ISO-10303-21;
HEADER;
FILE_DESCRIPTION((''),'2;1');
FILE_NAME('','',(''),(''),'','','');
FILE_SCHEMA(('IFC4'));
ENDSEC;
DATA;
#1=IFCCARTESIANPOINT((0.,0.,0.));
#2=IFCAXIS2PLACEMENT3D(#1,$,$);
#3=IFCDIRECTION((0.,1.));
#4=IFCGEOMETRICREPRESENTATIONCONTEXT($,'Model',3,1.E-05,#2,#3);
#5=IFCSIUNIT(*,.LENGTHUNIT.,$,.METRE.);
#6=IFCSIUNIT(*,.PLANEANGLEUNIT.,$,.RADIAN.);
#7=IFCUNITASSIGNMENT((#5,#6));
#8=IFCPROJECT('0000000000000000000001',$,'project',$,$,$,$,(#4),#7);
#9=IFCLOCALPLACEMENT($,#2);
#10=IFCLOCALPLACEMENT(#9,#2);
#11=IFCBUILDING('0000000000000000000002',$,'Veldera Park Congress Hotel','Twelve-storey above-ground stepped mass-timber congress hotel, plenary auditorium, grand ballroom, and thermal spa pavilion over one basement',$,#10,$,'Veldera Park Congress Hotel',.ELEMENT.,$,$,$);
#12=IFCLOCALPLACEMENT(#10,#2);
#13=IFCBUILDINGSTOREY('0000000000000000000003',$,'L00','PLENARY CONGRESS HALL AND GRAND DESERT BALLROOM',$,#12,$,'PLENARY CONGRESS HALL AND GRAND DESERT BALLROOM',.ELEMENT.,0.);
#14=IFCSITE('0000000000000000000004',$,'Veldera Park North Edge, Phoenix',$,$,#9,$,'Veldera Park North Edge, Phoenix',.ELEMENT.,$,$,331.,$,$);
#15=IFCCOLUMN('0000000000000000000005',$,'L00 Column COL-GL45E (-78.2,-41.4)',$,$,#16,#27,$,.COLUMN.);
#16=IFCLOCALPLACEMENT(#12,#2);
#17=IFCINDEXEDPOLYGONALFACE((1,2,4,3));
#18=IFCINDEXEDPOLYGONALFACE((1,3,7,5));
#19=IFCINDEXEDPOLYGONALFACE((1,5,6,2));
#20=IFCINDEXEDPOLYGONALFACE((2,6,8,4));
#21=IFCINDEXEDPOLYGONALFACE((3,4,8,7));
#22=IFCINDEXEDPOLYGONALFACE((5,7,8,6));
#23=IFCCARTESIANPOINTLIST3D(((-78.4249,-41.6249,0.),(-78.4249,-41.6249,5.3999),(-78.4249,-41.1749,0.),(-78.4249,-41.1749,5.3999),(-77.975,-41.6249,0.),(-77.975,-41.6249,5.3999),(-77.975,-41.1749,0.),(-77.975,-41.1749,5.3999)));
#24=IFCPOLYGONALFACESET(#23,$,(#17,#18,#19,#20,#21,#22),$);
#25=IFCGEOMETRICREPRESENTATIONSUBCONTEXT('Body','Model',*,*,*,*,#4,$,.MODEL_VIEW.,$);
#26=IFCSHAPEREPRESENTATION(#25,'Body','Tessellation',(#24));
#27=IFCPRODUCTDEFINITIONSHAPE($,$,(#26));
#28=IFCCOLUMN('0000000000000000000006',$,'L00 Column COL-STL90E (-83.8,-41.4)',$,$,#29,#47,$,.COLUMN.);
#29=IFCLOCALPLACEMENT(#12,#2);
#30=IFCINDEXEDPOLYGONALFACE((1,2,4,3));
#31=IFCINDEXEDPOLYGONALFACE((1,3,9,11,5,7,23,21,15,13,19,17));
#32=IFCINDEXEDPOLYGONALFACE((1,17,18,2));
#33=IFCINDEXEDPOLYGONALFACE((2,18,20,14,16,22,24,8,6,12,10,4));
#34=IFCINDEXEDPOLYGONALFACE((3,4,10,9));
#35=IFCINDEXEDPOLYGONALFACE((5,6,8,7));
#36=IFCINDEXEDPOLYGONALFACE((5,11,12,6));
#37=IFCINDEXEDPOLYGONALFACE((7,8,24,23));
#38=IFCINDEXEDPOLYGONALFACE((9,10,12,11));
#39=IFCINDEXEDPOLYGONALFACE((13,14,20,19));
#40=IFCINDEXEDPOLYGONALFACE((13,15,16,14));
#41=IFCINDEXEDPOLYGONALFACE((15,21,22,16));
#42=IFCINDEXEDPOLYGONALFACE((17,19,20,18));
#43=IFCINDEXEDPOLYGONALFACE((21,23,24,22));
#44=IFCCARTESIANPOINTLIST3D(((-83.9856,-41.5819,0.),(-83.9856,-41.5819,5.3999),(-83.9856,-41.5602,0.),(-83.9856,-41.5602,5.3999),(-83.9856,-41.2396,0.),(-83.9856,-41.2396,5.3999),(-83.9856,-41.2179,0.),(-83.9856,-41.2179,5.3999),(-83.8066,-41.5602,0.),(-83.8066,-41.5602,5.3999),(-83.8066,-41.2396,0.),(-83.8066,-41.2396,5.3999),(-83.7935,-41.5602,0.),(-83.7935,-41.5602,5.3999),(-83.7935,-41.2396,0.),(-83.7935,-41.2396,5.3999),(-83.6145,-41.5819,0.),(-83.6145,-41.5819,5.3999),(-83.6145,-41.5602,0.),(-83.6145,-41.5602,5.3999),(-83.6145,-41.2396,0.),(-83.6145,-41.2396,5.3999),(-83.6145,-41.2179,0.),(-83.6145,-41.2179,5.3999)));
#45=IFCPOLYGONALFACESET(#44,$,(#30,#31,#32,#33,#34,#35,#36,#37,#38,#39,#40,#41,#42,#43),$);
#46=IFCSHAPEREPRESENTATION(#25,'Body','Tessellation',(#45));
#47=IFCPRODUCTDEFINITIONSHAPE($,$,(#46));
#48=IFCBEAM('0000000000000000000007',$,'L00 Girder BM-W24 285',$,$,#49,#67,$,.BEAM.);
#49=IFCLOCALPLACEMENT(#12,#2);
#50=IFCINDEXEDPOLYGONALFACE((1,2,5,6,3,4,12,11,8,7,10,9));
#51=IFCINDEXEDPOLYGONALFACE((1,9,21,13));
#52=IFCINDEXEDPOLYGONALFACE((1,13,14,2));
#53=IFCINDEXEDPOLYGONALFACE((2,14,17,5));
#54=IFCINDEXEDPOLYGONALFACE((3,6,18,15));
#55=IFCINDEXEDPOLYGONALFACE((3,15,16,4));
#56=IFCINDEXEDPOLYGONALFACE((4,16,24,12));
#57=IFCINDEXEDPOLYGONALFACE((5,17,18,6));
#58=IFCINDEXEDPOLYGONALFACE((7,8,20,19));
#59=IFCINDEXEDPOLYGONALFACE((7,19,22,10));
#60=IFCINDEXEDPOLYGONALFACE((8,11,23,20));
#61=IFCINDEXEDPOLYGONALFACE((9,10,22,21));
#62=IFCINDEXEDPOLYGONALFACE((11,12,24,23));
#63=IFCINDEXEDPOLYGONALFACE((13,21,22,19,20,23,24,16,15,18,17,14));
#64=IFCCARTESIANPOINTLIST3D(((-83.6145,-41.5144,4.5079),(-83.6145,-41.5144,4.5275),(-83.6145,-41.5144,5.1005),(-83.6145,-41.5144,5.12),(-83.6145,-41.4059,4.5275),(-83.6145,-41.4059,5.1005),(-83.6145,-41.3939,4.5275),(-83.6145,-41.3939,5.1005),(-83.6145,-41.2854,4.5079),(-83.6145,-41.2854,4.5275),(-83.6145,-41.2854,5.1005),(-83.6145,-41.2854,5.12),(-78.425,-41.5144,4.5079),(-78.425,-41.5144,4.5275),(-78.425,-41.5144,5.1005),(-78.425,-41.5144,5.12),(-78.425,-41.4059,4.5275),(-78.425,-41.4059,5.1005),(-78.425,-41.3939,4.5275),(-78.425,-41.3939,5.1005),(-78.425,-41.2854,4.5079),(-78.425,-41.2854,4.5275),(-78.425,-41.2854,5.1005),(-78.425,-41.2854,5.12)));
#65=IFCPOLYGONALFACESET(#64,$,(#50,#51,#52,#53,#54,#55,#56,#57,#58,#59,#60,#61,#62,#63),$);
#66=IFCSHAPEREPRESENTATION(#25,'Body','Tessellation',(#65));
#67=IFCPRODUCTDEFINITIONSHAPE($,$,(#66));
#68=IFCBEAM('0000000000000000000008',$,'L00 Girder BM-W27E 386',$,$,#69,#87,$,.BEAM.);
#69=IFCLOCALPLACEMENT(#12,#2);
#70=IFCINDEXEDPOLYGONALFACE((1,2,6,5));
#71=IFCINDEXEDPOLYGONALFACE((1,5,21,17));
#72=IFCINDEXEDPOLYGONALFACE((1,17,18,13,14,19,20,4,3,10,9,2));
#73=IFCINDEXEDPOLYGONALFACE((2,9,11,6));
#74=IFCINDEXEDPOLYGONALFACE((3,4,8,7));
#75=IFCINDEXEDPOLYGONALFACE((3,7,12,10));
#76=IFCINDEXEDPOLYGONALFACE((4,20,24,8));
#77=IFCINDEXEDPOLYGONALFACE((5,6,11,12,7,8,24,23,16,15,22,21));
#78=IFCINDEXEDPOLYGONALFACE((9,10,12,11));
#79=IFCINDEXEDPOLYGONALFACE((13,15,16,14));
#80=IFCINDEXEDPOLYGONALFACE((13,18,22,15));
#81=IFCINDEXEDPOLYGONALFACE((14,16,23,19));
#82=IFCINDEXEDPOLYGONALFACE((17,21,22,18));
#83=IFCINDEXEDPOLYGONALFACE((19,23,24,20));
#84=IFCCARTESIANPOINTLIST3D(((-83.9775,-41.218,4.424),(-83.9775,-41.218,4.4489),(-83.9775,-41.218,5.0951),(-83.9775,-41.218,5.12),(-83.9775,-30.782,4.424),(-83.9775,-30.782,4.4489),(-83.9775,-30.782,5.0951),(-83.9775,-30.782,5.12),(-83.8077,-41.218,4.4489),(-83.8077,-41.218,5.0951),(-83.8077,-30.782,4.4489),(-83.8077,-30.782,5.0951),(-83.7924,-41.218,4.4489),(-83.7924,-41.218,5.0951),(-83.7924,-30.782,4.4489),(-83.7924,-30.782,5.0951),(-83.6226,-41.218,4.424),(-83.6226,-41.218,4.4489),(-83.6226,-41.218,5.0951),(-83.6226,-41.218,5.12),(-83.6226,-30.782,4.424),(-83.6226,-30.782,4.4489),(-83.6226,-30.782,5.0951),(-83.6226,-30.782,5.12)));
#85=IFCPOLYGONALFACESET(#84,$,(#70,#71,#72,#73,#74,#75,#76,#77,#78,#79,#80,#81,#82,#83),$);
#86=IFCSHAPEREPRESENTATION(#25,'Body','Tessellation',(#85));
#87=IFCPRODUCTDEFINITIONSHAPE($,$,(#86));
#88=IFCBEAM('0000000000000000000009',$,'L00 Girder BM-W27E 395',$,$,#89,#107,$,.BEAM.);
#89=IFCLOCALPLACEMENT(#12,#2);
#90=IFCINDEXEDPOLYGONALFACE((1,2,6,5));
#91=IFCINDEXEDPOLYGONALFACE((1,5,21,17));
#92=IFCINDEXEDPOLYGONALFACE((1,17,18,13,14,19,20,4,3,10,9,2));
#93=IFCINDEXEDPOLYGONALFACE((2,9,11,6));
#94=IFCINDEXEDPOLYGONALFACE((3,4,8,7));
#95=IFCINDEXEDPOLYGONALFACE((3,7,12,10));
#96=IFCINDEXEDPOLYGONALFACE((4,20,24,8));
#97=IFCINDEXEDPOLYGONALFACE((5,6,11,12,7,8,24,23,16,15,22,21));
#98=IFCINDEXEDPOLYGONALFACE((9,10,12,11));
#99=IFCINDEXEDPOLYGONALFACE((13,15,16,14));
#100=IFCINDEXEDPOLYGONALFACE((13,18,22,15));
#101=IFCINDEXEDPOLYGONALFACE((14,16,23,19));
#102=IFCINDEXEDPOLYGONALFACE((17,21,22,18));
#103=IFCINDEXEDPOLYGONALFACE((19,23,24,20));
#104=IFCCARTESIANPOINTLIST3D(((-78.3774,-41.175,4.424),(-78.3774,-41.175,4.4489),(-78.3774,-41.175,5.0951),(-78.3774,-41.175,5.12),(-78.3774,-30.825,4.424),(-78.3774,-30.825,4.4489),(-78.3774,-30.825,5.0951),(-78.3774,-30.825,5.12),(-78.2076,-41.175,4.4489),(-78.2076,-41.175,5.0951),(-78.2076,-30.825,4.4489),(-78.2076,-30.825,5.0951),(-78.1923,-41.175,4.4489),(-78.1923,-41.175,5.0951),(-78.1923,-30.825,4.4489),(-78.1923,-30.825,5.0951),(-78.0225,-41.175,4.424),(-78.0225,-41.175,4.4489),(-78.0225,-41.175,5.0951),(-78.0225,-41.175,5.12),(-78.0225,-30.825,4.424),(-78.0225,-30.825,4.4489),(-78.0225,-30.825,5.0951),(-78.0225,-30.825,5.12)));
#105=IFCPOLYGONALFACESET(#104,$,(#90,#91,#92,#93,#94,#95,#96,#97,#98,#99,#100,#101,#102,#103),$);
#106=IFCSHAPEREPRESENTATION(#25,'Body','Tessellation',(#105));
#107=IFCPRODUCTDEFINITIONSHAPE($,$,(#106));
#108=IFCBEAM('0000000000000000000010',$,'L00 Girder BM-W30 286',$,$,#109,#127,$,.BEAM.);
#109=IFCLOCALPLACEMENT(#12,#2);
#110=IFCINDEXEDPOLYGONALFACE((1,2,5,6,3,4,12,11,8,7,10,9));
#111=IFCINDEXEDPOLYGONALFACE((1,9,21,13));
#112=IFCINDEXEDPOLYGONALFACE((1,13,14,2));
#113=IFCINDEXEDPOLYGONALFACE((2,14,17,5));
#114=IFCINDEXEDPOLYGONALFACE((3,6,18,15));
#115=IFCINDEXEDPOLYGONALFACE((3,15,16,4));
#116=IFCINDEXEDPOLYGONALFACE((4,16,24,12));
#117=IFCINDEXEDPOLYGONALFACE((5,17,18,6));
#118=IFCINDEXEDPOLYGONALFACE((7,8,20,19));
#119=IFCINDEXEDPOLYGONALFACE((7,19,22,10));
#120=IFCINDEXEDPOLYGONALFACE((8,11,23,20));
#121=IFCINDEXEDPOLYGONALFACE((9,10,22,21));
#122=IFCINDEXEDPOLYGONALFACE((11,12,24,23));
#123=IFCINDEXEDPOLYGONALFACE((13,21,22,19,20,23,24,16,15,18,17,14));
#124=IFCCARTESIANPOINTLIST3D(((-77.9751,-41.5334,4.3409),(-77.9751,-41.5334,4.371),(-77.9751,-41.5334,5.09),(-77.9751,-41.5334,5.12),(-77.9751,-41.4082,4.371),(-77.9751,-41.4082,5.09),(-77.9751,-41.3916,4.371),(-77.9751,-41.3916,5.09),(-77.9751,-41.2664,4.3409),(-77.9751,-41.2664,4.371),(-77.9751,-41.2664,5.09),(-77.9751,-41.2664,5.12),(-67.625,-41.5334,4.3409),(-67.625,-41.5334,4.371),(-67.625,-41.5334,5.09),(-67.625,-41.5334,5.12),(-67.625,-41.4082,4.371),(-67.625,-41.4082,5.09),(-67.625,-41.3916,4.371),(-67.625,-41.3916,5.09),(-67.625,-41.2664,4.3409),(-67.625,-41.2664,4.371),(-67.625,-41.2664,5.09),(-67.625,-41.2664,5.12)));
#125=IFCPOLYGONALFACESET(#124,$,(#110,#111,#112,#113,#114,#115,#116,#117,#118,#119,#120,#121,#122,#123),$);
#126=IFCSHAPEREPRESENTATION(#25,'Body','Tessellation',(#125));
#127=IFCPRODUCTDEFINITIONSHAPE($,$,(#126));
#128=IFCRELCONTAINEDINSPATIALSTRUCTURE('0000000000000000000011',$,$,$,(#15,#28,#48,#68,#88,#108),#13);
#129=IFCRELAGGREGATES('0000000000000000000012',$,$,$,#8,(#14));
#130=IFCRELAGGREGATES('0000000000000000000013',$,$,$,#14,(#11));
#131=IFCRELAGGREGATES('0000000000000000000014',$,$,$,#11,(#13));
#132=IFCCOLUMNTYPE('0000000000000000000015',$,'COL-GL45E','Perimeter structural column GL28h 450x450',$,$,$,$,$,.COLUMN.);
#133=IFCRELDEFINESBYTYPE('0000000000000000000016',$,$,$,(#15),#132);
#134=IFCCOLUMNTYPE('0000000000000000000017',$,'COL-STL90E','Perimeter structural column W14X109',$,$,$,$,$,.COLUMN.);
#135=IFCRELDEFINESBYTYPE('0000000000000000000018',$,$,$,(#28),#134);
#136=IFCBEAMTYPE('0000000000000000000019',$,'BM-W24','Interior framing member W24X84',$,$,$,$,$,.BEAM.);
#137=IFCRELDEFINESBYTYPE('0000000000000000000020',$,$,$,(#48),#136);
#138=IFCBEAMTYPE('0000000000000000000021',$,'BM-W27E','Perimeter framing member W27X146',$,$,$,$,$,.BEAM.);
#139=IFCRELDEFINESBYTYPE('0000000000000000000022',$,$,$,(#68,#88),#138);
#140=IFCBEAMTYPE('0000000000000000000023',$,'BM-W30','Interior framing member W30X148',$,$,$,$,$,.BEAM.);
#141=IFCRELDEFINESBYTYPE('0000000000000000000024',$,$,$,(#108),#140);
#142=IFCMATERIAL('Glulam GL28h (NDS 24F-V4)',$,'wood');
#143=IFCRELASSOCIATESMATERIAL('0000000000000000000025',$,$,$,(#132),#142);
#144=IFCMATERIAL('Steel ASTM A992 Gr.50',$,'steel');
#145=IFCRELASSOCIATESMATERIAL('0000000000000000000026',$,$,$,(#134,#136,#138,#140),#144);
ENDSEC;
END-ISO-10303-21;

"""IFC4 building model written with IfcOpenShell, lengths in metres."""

from ifc_helpers import new_model, si_unit, direction, frame, origin, origin_2d, place, context, subcontext, project, spatial, rectangle, i_section, extrude, material, material_profile, profile_set, type_object, element, save


model = new_model("IFC4")

# Units and contexts
model_context = context("Model", 3, precision=1e-05, world=origin(), true_north=direction((0.0, 1.0)))
body_context = subcontext(model_context, "Body", "Model", "MODEL_VIEW")
ifc_project = project(units=[si_unit("LENGTHUNIT", "METRE"), si_unit("PLANEANGLEUNIT", "RADIAN")], contexts=[model_context])

# Site, building, storey
site_placement = place(None, origin())
site = spatial("IfcSite", under=ifc_project, at=site_placement, Name="Veldera Park North Edge, Phoenix", LongName="Veldera Park North Edge, Phoenix", CompositionType="ELEMENT", RefElevation=331.0)
building_placement = place(site_placement, origin())
building = spatial("IfcBuilding", under=site, at=building_placement, Name="Veldera Park Congress Hotel", Description="Twelve-storey above-ground stepped mass-timber congress hotel, plenary auditorium, grand ballroom, and thermal spa pavilion over one basement", LongName="Veldera Park Congress Hotel", CompositionType="ELEMENT")
storey_placement = place(building_placement, origin())
storey = spatial("IfcBuildingStorey", under=building, at=storey_placement, Name="L00", Description="PLENARY CONGRESS HALL AND GRAND DESERT BALLROOM", LongName="PLENARY CONGRESS HALL AND GRAND DESERT BALLROOM", CompositionType="ELEMENT", Elevation=0.0)

# Columns
ifc_material_1 = material(Name="Glulam GL28h (NDS 24F-V4)", Category="wood")
ifc_material_profile_1 = material_profile(ifc_material_1, rectangle(XDim=0.45, YDim=0.45, at=origin_2d()), Name="GL28h 450x450")
ifc_profile_set_1 = profile_set([ifc_material_profile_1], Name="Glulam GL28h (NDS 24F-V4)")
column_type_1 = type_object("IfcColumnType", Name="COL-GL45E", Description="Perimeter structural column GL28h 450x450", PredefinedType="COLUMN", material=ifc_profile_set_1)
column_1_placement = place(storey_placement, frame((-78.2, -41.3999, 0.0), z_axis=(0.0, 0.0, 1.0), x_axis=(1.0, 0.0, 0.0)))
element("IfcColumn", 1, at=column_1_placement, inside=storey, type_object=column_type_1, Name="L00 Column COL-GL45E (-78.2,-41.4)", PredefinedType="COLUMN", context=body_context, shape_type="SweptSolid", body=[
    extrude(rectangle(XDim=0.45, YDim=0.45, at=origin_2d()), origin(), (0.0, 0.0, 1.0), 5.3999),
])
ifc_material_2 = material(Name="Steel ASTM A992 Gr.50", Category="steel")
ifc_material_profile_2 = material_profile(ifc_material_2, i_section(OverallWidth=0.3711, OverallDepth=0.364, WebThickness=0.0132, FlangeThickness=0.0217, at=origin_2d()), Name="W14X109")
ifc_profile_set_2 = profile_set([ifc_material_profile_2], Name="Steel ASTM A992 Gr.50")
column_type_2 = type_object("IfcColumnType", Name="COL-STL90E", Description="Perimeter structural column W14X109", PredefinedType="COLUMN", material=ifc_profile_set_2)
column_2_placement = place(storey_placement, frame((-83.8, -41.3999, 0.0), z_axis=(0.0, 0.0, 1.0), x_axis=(1.0, 0.0, 0.0)))
element("IfcColumn", 2, at=column_2_placement, inside=storey, type_object=column_type_2, Name="L00 Column COL-STL90E (-83.8,-41.4)", PredefinedType="COLUMN", context=body_context, shape_type="SweptSolid", body=[
    extrude(i_section(OverallWidth=0.3711, OverallDepth=0.364, WebThickness=0.0132, FlangeThickness=0.0217, at=origin_2d()), origin(), (0.0, 0.0, 1.0), 5.3999),
])

# Beams
ifc_material_profile_3 = material_profile(ifc_material_2, i_section(OverallWidth=0.229, OverallDepth=0.6121, WebThickness=0.012, FlangeThickness=0.0195, at=origin_2d()), Name="W24X84")
ifc_profile_set_3 = profile_set([ifc_material_profile_3], Name="Steel ASTM A992 Gr.50")
beam_type_1 = type_object("IfcBeamType", Name="BM-W24", Description="Interior framing member W24X84", PredefinedType="BEAM", material=ifc_profile_set_3)
beam_1_placement = place(storey_placement, frame((-83.6145, -41.3999, 4.814), z_axis=(1.0, 0.0, 0.0), x_axis=(0.0, 1.0, 0.0)))
element("IfcBeam", 3, at=beam_1_placement, inside=storey, type_object=beam_type_1, Name="L00 Girder BM-W24 285", PredefinedType="BEAM", context=body_context, shape_type="SweptSolid", body=[
    extrude(i_section(OverallWidth=0.229, OverallDepth=0.6121, WebThickness=0.012, FlangeThickness=0.0195, at=origin_2d()), origin(), (0.0, 0.0, 1.0), 5.1895),
])
ifc_material_profile_4 = material_profile(ifc_material_2, i_section(OverallWidth=0.355, OverallDepth=0.696, WebThickness=0.0154, FlangeThickness=0.0249, at=origin_2d()), Name="W27X146")
ifc_profile_set_4 = profile_set([ifc_material_profile_4], Name="Steel ASTM A992 Gr.50")
beam_type_2 = type_object("IfcBeamType", Name="BM-W27E", Description="Perimeter framing member W27X146", PredefinedType="BEAM", material=ifc_profile_set_4)
beam_2_placement = place(storey_placement, frame((-83.8, -41.218, 4.772), z_axis=(0.0, 1.0, 0.0), x_axis=(-1.0, 0.0, 0.0)))
element("IfcBeam", 4, at=beam_2_placement, inside=storey, type_object=beam_type_2, Name="L00 Girder BM-W27E 386", PredefinedType="BEAM", context=body_context, shape_type="SweptSolid", body=[
    extrude(i_section(OverallWidth=0.355, OverallDepth=0.696, WebThickness=0.0154, FlangeThickness=0.0249, at=origin_2d()), origin(), (0.0, 0.0, 1.0), 10.436),
])
beam_3_placement = place(storey_placement, frame((-78.2, -41.175, 4.772), z_axis=(0.0, 1.0, 0.0), x_axis=(-1.0, 0.0, 0.0)))
element("IfcBeam", 5, at=beam_3_placement, inside=storey, type_object=beam_type_2, Name="L00 Girder BM-W27E 395", PredefinedType="BEAM", context=body_context, shape_type="SweptSolid", body=[
    extrude(i_section(OverallWidth=0.355, OverallDepth=0.696, WebThickness=0.0154, FlangeThickness=0.0249, at=origin_2d()), origin(), (0.0, 0.0, 1.0), 10.3501),
])
ifc_material_profile_5 = material_profile(ifc_material_2, i_section(OverallWidth=0.2671, OverallDepth=0.7791, WebThickness=0.0166, FlangeThickness=0.03, at=origin_2d()), Name="W30X148")
ifc_profile_set_5 = profile_set([ifc_material_profile_5], Name="Steel ASTM A992 Gr.50")
beam_type_3 = type_object("IfcBeamType", Name="BM-W30", Description="Interior framing member W30X148", PredefinedType="BEAM", material=ifc_profile_set_5)
beam_4_placement = place(storey_placement, frame((-77.9751, -41.3999, 4.7305), z_axis=(1.0, 0.0, 0.0), x_axis=(0.0, 1.0, 0.0)))
element("IfcBeam", 6, at=beam_4_placement, inside=storey, type_object=beam_type_3, Name="L00 Girder BM-W30 286", PredefinedType="BEAM", context=body_context, shape_type="SweptSolid", body=[
    extrude(i_section(OverallWidth=0.2671, OverallDepth=0.7791, WebThickness=0.0166, FlangeThickness=0.03, at=origin_2d()), origin(), (0.0, 0.0, 1.0), 10.3501),
])

save(model, "model.ifc")
